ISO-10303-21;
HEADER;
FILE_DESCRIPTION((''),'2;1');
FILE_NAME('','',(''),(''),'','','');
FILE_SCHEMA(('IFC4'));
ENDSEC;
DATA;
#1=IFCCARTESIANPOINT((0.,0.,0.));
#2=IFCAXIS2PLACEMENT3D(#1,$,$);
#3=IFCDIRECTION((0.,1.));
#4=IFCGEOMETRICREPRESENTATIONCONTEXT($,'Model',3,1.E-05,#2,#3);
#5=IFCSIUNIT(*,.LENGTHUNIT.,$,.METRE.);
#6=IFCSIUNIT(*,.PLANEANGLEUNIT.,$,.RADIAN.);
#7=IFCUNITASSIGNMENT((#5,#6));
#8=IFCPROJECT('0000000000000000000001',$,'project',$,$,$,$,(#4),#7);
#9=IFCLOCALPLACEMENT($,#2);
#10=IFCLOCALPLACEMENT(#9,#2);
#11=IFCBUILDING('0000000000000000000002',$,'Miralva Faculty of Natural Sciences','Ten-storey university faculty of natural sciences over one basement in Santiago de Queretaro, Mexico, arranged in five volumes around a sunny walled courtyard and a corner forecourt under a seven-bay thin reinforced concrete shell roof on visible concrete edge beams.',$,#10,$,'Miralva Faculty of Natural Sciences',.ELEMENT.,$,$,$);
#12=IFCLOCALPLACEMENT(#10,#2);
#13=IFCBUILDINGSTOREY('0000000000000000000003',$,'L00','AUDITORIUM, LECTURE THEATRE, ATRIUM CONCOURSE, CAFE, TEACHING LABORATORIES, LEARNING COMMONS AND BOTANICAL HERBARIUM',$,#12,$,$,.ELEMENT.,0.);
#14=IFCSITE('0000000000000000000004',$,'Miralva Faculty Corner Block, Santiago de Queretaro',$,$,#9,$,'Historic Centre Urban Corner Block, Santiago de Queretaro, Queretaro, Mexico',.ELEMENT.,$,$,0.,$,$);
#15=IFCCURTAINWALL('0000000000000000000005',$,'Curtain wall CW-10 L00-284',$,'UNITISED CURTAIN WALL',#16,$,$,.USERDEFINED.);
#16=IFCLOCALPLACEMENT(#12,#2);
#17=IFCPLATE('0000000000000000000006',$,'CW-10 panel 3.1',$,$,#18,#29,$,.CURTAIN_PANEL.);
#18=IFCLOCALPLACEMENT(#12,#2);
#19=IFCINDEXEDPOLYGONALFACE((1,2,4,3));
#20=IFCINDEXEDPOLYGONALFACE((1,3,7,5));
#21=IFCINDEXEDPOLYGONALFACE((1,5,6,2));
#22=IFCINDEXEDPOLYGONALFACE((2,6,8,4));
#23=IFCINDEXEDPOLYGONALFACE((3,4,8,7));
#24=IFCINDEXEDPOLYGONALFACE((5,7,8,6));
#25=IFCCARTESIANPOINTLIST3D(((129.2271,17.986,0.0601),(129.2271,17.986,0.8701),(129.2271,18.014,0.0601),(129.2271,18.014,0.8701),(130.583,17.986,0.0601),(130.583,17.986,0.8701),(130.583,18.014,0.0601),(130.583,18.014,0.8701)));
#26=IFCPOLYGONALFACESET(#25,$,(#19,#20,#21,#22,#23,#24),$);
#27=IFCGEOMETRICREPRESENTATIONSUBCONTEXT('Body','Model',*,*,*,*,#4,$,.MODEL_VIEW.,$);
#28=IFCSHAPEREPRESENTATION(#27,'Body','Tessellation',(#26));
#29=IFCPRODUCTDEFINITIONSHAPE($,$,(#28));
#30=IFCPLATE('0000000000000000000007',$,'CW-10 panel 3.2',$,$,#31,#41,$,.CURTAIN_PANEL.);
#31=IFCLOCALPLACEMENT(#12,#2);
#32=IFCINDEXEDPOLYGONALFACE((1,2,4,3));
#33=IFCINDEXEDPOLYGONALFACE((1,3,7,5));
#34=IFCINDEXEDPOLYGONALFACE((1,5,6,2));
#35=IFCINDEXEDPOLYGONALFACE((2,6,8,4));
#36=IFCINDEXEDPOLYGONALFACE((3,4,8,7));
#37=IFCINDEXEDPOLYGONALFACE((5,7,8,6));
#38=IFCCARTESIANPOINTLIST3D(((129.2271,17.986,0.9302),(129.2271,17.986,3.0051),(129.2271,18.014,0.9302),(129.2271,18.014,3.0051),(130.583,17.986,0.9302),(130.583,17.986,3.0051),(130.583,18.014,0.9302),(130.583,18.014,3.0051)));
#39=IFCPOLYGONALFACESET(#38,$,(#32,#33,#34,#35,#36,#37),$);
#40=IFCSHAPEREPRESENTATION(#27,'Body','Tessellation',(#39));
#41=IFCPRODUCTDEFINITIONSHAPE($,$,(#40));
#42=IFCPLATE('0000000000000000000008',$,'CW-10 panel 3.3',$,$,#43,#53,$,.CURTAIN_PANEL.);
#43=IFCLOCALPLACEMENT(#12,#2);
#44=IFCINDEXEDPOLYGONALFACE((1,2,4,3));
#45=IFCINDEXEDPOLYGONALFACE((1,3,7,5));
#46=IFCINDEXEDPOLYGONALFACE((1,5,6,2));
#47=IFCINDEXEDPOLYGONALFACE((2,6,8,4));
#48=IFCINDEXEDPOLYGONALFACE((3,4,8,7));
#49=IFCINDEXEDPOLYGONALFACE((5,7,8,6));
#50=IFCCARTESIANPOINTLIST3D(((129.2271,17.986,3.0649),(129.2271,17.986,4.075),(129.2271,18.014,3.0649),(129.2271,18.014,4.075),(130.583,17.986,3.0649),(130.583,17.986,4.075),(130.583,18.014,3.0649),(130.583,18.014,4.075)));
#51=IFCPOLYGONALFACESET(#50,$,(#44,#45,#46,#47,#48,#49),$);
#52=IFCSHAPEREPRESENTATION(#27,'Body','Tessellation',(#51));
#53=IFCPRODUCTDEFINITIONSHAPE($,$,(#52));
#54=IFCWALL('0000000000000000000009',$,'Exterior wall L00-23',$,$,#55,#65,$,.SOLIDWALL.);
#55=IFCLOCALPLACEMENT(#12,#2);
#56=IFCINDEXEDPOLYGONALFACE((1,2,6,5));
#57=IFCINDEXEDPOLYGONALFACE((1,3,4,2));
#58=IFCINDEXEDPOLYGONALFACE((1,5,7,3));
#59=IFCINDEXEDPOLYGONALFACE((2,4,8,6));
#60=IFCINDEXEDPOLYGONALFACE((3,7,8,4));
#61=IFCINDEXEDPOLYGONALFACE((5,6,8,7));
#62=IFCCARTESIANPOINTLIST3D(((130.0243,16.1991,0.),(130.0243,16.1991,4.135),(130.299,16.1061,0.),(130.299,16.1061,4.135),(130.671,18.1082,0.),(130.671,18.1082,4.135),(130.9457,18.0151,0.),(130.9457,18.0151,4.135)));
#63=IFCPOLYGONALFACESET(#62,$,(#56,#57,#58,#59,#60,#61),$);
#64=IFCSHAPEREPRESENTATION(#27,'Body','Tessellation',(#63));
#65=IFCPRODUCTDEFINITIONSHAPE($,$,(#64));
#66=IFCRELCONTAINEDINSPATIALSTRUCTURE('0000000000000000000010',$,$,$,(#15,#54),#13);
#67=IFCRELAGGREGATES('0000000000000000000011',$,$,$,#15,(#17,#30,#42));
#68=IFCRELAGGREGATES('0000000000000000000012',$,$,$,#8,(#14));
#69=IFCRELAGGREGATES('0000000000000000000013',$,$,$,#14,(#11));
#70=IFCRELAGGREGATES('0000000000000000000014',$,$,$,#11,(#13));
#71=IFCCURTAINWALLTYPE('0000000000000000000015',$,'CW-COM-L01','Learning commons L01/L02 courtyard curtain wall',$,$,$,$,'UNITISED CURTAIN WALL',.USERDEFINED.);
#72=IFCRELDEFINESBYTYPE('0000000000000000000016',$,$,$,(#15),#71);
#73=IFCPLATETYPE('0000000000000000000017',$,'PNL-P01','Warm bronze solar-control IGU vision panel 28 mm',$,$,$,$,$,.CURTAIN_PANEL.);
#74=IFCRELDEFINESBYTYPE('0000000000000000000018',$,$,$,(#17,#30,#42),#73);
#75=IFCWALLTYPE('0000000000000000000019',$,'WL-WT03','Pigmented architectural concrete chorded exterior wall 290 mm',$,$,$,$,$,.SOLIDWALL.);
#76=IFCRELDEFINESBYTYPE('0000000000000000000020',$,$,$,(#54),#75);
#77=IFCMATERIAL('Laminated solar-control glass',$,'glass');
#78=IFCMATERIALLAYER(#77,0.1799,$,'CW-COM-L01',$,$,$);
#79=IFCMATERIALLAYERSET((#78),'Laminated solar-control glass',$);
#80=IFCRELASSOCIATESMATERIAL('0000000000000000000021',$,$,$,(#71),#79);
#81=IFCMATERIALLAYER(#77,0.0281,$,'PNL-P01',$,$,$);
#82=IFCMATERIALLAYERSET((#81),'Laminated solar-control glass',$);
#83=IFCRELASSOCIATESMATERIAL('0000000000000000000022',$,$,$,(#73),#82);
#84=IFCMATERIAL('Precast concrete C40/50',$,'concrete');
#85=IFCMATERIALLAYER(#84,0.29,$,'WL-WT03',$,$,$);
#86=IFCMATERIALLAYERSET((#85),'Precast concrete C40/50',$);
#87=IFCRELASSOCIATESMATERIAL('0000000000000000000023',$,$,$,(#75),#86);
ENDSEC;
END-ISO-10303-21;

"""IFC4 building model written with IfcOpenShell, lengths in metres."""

from ifc_helpers import new_model, si_unit, direction, frame, frame_2d, origin, origin_2d, place, context, subcontext, project, spatial, rectangle, extrude, material, layer, layer_set, type_object, element, aggregate, save


model = new_model("IFC4")

# Units and contexts
model_context = context("Model", 3, precision=1e-05, world=origin(), true_north=direction((0.0, 1.0)))
body_context = subcontext(model_context, "Body", "Model", "MODEL_VIEW")
ifc_project = project(units=[si_unit("LENGTHUNIT", "METRE"), si_unit("PLANEANGLEUNIT", "RADIAN")], contexts=[model_context])

# Site, building, storey
site_placement = place(None, origin())
site = spatial("IfcSite", under=ifc_project, at=site_placement, Name="Miralva Faculty Corner Block, Santiago de Queretaro", LongName="Historic Centre Urban Corner Block, Santiago de Queretaro, Queretaro, Mexico", CompositionType="ELEMENT", RefElevation=0.0)
building_placement = place(site_placement, origin())
building = spatial("IfcBuilding", under=site, at=building_placement, Name="Miralva Faculty of Natural Sciences", Description="Ten-storey university faculty of natural sciences over one basement in Santiago de Queretaro, Mexico, arranged in five volumes around a sunny walled courtyard and a corner forecourt under a seven-bay thin reinforced concrete shell roof on visible concrete edge beams.", LongName="Miralva Faculty of Natural Sciences", CompositionType="ELEMENT")
storey_placement = place(building_placement, origin())
storey = spatial("IfcBuildingStorey", under=building, at=storey_placement, Name="L00", Description="AUDITORIUM, LECTURE THEATRE, ATRIUM CONCOURSE, CAFE, TEACHING LABORATORIES, LEARNING COMMONS AND BOTANICAL HERBARIUM", CompositionType="ELEMENT", Elevation=0.0)

# Curtain wall
ifc_material_1 = material(Name="Laminated solar-control glass", Category="glass")
ifc_layer_1 = layer(ifc_material_1, 0.1799, Name="CW-COM-L01")
ifc_layer_set_1 = layer_set([ifc_layer_1], Name="Laminated solar-control glass")
curtain_wall_type = type_object("IfcCurtainWallType", Name="CW-COM-L01", Description="Learning commons L01/L02 courtyard curtain wall", ElementType="UNITISED CURTAIN WALL", PredefinedType="USERDEFINED", material=ifc_layer_set_1)
curtain_wall_1_placement = place(storey_placement, origin())
curtain_wall_1 = element("IfcCurtainWall", 1, at=curtain_wall_1_placement, inside=storey, type_object=curtain_wall_type, Name="Curtain wall CW-10 L00-284", ObjectType="UNITISED CURTAIN WALL", PredefinedType="USERDEFINED")

# Plates
ifc_layer_2 = layer(ifc_material_1, 0.0281, Name="PNL-P01")
ifc_layer_set_2 = layer_set([ifc_layer_2], Name="Laminated solar-control glass")
plate_type = type_object("IfcPlateType", Name="PNL-P01", Description="Warm bronze solar-control IGU vision panel 28 mm", PredefinedType="CURTAIN_PANEL", material=ifc_layer_set_2)
plate_1_placement = place(storey_placement, frame((129.905, 18.0, 0.0601), z_axis=(0.0, 0.0, 1.0), x_axis=(1.0, 0.0, 0.0)))
plate_1 = element("IfcPlate", 2, at=plate_1_placement, type_object=plate_type, Name="CW-10 panel 3.1", PredefinedType="CURTAIN_PANEL", context=body_context, shape_type="SweptSolid", body=[
    extrude(rectangle(XDim=1.356, YDim=0.0281, at=origin_2d()), origin(), (0.0, 0.0, 1.0), 0.8101),
])
plate_2_placement = place(storey_placement, frame((129.905, 18.0, 0.9302), z_axis=(0.0, 0.0, 1.0), x_axis=(1.0, 0.0, 0.0)))
plate_2 = element("IfcPlate", 3, at=plate_2_placement, type_object=plate_type, Name="CW-10 panel 3.2", PredefinedType="CURTAIN_PANEL", context=body_context, shape_type="SweptSolid", body=[
    extrude(rectangle(XDim=1.356, YDim=0.0281, at=origin_2d()), origin(), (0.0, 0.0, 1.0), 2.075),
])
plate_3_placement = place(storey_placement, frame((129.905, 18.0, 3.0649), z_axis=(0.0, 0.0, 1.0), x_axis=(1.0, 0.0, 0.0)))
plate_3 = element("IfcPlate", 4, at=plate_3_placement, type_object=plate_type, Name="CW-10 panel 3.3", PredefinedType="CURTAIN_PANEL", context=body_context, shape_type="SweptSolid", body=[
    extrude(rectangle(XDim=1.356, YDim=0.0281, at=origin_2d()), origin(), (0.0, 0.0, 1.0), 1.01),
])
aggregate(curtain_wall_1, [plate_1, plate_2, plate_3])

# Wall
ifc_material_2 = material(Name="Precast concrete C40/50", Category="concrete")
ifc_layer_3 = layer(ifc_material_2, 0.29, Name="WL-WT03")
ifc_layer_set_3 = layer_set([ifc_layer_3], Name="Precast concrete C40/50")
wall_type = type_object("IfcWallType", Name="WL-WT03", Description="Pigmented architectural concrete chorded exterior wall 290 mm", PredefinedType="SOLIDWALL", material=ifc_layer_set_3)
wall_placement = place(storey_placement, frame((130.1616, 16.1526, 0.0), z_axis=(0.0, 0.0, 1.0), x_axis=(0.320875, 0.947121, 0.0)))
element("IfcWall", 5, at=wall_placement, inside=storey, type_object=wall_type, Name="Exterior wall L00-23", PredefinedType="SOLIDWALL", context=body_context, shape_type="SweptSolid", body=[
    extrude(rectangle(XDim=2.0156, YDim=0.29, at=frame_2d((1.0078, 0.0))), origin(), (0.0, 0.0, 1.0), 4.135),
])

save(model, "model.ifc")
